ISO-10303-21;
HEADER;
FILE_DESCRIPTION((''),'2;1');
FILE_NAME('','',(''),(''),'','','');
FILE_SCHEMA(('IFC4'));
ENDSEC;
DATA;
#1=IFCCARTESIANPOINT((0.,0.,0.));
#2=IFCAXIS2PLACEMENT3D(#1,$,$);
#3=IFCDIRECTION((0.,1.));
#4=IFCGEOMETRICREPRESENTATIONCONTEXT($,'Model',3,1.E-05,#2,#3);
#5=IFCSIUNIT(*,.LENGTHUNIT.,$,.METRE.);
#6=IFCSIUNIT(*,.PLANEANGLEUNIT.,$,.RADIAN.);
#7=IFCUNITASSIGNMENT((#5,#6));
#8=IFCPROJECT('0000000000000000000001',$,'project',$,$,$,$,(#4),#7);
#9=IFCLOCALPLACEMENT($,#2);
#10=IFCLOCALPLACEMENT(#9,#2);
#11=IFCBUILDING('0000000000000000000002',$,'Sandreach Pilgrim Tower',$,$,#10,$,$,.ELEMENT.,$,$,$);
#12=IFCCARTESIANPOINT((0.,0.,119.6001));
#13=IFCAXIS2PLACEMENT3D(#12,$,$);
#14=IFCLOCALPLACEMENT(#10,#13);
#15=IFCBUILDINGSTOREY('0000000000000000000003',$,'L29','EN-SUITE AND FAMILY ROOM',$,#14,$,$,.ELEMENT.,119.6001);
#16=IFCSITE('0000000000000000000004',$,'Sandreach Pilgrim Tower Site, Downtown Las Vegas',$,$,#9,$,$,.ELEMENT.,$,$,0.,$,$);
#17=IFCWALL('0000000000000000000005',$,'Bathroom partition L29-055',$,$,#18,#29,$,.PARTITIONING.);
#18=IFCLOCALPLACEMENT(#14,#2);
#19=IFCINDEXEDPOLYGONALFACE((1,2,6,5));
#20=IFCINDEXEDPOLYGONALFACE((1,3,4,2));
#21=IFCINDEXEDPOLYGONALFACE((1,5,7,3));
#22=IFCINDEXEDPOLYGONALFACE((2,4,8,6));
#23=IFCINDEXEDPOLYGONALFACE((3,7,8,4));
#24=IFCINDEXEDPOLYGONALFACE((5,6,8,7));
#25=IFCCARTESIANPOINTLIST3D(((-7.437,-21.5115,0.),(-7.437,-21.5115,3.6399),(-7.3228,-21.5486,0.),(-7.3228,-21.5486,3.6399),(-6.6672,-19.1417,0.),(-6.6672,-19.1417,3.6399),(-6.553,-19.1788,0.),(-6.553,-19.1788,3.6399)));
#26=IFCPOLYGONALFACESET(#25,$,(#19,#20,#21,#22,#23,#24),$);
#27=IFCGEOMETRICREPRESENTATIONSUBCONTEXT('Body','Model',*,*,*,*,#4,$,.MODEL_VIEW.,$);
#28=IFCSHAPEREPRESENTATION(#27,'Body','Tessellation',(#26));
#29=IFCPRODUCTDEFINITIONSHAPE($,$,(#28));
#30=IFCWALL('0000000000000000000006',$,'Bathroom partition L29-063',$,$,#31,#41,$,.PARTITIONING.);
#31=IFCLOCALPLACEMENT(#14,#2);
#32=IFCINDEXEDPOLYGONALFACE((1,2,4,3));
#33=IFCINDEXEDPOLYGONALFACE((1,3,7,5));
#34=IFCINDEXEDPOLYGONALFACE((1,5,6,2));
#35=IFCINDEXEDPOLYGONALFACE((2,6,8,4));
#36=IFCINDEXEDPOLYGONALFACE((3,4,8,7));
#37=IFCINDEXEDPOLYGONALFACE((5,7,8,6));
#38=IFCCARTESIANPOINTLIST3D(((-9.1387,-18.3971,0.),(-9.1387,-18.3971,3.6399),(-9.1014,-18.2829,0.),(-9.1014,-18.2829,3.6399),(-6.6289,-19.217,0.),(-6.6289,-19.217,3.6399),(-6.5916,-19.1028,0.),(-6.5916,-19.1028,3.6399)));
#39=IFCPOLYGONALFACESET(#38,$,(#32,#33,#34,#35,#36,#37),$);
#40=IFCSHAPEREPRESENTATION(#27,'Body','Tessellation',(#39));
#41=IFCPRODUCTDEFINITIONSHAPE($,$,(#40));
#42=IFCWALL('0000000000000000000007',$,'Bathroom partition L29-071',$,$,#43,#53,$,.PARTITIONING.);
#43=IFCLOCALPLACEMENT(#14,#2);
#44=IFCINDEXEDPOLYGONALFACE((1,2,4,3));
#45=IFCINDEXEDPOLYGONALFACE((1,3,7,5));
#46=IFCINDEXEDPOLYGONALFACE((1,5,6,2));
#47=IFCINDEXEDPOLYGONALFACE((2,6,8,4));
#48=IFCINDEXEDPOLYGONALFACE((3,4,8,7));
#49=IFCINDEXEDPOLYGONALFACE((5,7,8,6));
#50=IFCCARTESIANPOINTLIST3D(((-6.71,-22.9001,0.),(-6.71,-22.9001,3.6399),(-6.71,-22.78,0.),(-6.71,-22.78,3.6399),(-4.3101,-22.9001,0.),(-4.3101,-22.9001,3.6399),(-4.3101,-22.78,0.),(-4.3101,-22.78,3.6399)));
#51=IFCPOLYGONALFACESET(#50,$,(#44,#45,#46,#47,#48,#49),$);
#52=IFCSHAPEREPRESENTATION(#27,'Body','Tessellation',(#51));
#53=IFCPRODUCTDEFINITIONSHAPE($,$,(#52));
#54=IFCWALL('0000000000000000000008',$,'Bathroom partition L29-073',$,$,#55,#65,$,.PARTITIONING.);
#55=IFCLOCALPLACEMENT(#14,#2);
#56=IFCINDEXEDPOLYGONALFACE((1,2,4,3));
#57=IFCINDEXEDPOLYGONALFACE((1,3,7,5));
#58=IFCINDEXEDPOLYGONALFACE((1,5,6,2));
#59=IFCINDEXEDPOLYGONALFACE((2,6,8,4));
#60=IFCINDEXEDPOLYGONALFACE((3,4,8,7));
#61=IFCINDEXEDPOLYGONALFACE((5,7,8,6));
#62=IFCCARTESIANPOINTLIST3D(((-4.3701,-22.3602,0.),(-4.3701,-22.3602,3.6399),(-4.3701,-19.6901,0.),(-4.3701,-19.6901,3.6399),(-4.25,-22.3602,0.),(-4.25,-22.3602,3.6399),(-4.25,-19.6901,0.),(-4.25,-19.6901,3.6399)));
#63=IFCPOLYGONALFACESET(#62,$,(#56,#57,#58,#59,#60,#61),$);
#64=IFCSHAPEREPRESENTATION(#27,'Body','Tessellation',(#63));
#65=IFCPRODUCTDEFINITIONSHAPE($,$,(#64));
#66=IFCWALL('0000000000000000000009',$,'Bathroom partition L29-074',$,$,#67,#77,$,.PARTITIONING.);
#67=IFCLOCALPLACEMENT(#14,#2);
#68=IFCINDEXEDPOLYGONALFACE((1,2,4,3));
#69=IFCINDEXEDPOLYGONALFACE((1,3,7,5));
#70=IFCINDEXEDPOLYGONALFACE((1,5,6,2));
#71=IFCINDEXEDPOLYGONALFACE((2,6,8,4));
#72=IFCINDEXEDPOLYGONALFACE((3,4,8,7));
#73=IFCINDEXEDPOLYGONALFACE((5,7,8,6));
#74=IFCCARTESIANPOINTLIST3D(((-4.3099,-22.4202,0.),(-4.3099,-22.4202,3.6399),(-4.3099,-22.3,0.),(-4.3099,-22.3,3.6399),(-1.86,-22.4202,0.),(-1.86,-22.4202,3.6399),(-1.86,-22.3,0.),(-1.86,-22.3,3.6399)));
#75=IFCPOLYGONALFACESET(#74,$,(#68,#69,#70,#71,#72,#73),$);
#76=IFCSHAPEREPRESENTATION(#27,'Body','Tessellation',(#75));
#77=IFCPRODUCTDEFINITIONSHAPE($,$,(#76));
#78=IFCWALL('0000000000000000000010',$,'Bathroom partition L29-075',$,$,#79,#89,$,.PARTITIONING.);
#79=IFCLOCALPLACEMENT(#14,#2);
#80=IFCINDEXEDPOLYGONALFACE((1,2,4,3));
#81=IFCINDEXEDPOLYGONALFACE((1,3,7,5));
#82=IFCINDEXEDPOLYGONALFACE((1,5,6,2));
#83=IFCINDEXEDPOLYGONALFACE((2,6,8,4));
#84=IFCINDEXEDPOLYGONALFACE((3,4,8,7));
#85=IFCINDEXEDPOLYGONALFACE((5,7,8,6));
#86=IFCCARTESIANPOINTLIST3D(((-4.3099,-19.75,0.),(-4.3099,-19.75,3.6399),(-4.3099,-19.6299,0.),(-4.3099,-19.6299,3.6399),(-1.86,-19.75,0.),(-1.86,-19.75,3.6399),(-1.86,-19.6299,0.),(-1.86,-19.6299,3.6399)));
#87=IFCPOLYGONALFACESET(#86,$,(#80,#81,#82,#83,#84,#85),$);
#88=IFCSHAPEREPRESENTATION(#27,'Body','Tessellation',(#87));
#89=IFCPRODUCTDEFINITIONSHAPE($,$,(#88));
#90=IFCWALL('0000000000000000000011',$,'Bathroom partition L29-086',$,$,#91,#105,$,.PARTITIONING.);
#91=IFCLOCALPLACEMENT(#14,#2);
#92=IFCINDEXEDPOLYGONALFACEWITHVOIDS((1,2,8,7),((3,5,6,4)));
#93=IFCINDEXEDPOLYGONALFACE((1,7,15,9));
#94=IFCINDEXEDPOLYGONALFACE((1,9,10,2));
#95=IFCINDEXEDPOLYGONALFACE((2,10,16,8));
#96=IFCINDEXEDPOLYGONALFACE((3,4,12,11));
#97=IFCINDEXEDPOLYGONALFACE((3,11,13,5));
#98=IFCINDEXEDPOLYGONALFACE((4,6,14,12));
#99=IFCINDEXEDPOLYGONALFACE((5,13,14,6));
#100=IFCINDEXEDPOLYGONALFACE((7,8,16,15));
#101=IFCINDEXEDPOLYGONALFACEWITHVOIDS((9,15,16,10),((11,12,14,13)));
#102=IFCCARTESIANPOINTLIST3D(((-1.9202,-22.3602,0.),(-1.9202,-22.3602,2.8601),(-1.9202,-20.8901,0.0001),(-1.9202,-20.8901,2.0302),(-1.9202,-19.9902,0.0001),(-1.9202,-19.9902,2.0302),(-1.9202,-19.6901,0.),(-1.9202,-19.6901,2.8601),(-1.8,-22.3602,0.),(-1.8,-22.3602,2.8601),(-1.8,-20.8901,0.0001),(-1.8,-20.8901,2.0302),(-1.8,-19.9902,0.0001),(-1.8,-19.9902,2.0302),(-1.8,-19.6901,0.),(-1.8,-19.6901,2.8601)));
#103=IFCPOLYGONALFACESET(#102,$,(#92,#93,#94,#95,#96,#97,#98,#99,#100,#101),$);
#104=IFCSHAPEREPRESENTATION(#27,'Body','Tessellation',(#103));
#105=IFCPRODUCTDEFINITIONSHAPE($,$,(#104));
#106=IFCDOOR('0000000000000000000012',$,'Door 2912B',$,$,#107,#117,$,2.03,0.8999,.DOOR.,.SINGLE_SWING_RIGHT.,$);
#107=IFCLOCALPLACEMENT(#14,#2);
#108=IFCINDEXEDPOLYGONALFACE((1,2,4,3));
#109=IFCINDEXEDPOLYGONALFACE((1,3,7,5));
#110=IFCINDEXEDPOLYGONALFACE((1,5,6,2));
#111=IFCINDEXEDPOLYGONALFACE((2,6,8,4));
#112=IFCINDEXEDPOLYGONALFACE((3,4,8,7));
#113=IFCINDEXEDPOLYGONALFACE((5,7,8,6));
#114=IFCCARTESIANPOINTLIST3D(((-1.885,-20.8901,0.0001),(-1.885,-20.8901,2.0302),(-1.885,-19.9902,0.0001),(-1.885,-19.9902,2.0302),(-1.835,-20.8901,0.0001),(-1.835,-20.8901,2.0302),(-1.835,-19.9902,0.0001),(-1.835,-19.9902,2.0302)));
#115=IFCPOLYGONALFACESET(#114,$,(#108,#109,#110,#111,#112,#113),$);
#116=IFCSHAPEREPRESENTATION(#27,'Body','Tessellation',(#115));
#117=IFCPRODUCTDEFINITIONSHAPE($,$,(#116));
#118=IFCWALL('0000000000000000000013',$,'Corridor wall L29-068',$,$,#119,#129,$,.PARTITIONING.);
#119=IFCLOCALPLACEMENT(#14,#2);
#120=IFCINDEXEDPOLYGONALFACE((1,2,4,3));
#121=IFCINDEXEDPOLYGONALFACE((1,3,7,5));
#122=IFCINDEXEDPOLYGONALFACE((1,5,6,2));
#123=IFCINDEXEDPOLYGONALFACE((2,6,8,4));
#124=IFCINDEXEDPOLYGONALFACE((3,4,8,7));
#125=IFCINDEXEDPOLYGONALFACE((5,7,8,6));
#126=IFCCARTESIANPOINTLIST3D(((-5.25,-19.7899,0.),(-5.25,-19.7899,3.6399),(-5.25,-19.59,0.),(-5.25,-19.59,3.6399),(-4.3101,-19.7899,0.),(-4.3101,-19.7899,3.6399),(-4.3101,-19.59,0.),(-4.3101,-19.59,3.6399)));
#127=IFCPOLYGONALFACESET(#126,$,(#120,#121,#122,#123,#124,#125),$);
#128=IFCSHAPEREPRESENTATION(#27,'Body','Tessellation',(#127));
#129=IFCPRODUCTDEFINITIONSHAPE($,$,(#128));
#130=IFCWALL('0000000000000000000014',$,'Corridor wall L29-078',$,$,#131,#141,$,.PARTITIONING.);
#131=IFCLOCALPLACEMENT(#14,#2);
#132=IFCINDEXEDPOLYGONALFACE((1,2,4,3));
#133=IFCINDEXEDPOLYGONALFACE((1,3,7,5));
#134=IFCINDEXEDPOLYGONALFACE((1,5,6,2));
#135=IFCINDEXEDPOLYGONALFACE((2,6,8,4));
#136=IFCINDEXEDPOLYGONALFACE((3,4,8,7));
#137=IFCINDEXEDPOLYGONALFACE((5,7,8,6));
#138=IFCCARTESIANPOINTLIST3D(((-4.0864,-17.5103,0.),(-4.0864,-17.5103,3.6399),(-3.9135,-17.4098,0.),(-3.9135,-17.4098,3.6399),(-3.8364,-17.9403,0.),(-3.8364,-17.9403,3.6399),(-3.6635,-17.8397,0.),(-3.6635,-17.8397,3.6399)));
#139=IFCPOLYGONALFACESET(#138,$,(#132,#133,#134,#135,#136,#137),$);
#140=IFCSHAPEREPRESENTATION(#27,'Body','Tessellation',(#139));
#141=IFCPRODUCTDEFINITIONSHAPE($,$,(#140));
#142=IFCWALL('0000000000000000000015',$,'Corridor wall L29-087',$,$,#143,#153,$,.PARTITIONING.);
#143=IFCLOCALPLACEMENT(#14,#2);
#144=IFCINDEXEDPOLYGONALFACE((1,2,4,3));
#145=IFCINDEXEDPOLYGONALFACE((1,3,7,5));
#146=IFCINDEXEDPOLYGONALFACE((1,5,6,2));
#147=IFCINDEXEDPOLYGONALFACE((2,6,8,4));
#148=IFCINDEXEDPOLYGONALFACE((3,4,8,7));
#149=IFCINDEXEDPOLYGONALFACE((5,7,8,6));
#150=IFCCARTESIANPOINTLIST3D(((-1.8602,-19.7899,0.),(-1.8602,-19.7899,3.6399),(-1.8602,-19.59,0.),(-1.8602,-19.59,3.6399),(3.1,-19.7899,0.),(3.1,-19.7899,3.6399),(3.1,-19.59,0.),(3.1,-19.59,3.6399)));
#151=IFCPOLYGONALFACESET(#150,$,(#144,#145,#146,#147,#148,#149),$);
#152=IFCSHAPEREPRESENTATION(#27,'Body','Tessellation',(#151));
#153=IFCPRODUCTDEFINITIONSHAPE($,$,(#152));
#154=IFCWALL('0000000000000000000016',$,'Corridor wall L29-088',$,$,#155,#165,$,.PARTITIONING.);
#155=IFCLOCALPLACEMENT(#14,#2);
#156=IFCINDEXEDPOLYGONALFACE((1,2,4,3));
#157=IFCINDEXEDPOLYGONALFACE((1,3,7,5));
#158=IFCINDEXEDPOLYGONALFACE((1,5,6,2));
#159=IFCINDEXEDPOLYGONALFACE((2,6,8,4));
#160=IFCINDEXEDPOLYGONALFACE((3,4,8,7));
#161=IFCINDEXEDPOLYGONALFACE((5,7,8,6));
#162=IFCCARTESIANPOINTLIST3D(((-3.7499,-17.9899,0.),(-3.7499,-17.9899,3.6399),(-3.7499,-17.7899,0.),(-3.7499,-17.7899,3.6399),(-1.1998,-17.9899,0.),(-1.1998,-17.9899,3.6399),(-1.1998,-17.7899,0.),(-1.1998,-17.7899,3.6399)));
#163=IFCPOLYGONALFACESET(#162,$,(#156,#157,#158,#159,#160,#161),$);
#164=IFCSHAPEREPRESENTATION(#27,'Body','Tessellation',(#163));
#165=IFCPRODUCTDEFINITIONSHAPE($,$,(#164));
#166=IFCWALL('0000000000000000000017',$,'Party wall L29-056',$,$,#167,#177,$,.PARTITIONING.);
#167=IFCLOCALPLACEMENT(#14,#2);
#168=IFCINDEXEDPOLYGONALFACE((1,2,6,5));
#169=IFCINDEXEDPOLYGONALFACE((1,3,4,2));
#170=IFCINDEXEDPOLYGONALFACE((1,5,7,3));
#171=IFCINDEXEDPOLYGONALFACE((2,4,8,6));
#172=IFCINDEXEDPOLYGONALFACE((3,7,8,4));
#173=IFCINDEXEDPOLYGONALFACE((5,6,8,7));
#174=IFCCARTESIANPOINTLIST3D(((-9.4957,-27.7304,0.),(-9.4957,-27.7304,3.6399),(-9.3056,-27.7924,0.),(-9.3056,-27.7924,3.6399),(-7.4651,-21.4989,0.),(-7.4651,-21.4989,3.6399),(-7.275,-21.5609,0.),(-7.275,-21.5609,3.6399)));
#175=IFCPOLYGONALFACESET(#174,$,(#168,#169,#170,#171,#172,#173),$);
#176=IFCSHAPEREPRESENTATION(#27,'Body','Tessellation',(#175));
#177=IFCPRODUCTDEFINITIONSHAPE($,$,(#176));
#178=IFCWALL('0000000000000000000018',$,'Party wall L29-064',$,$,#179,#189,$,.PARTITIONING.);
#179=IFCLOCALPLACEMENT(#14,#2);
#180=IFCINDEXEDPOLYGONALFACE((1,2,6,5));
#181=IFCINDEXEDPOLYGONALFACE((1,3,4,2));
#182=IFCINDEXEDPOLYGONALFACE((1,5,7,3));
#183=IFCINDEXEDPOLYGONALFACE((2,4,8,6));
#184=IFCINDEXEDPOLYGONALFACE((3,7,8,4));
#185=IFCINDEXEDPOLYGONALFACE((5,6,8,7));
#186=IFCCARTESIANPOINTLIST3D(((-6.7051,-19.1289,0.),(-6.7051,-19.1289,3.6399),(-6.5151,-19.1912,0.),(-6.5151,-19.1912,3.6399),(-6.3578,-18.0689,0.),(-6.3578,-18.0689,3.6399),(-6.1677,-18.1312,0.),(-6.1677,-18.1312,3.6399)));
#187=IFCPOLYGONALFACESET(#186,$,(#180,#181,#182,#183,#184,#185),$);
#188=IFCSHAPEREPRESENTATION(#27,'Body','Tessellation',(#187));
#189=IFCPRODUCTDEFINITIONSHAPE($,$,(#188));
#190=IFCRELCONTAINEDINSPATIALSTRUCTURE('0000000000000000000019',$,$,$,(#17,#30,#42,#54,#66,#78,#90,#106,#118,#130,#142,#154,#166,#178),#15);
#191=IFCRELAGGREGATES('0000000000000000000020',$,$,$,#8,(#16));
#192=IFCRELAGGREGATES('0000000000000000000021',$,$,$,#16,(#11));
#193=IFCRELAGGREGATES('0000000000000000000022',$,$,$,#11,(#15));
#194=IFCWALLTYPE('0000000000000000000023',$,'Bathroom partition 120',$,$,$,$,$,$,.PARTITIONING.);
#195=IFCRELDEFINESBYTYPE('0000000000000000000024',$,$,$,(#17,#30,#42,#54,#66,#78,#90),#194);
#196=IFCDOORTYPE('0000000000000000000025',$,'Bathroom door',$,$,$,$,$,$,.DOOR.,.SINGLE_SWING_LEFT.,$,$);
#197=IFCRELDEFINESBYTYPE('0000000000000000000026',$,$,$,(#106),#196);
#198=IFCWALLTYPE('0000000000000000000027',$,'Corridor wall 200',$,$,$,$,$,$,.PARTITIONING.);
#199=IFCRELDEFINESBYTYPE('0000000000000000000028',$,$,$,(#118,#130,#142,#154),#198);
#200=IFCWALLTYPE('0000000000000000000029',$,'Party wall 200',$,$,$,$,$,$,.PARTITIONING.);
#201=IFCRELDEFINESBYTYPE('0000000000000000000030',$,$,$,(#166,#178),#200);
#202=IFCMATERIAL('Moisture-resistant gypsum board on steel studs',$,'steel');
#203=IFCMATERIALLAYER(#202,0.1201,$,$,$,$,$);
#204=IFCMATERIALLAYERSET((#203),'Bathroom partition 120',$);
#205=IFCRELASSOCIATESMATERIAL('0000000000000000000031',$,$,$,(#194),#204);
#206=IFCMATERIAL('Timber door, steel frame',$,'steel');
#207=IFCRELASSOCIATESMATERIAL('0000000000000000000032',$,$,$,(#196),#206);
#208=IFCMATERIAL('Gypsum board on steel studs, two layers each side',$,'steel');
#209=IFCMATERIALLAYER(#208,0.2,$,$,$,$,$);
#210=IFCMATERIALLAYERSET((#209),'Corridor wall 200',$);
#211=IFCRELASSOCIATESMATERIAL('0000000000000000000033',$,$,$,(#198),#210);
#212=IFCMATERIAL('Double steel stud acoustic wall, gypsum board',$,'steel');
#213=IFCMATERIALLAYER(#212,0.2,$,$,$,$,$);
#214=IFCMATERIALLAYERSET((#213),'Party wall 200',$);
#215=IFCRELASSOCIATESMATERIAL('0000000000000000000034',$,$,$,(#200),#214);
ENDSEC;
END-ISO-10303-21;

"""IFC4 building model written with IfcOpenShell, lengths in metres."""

from ifc_helpers import new_model, si_unit, direction, frame, frame_2d, origin, place, context, subcontext, project, spatial, rectangle, extrude, material, layer, layer_set, type_object, element, fill, save


model = new_model("IFC4")

# Units and contexts
model_context = context("Model", 3, precision=1e-05, world=origin(), true_north=direction((0.0, 1.0)))
body_context = subcontext(model_context, "Body", "Model", "MODEL_VIEW")
ifc_project = project(units=[si_unit("LENGTHUNIT", "METRE"), si_unit("PLANEANGLEUNIT", "RADIAN")], contexts=[model_context])

# Site, building, storey
site_placement = place(None, origin())
site = spatial("IfcSite", under=ifc_project, at=site_placement, Name="Sandreach Pilgrim Tower Site, Downtown Las Vegas", CompositionType="ELEMENT", RefElevation=0.0)
building_placement = place(site_placement, origin())
building = spatial("IfcBuilding", under=site, at=building_placement, Name="Sandreach Pilgrim Tower", CompositionType="ELEMENT")
storey_placement = place(building_placement, frame((0.0, 0.0, 119.6001)))
storey = spatial("IfcBuildingStorey", under=building, at=storey_placement, Name="L29", Description="EN-SUITE AND FAMILY ROOM", CompositionType="ELEMENT", Elevation=119.6001)

# Walls
ifc_material_1 = material(Name="Moisture-resistant gypsum board on steel studs", Category="steel")
ifc_layer_1 = layer(ifc_material_1, 0.1201)
ifc_layer_set_1 = layer_set([ifc_layer_1], Name="Bathroom partition 120")
wall_type_1 = type_object("IfcWallType", Name="Bathroom partition 120", PredefinedType="PARTITIONING", material=ifc_layer_set_1)
wall_1_placement = place(storey_placement, frame((-7.3799, -21.53, 0.0), z_axis=(0.0, 0.0, 1.0), x_axis=(0.308929, 0.951085, 0.0)))
element("IfcWall", 1, at=wall_1_placement, inside=storey, type_object=wall_type_1, Name="Bathroom partition L29-055", PredefinedType="PARTITIONING", context=body_context, shape_type="SweptSolid", body=[
    extrude(rectangle(XDim=2.4917, YDim=0.1201, at=frame_2d((1.2458, 0.0))), origin(), (0.0, 0.0, 1.0), 3.6399),
])
wall_2_placement = place(storey_placement, frame((-6.6101, -19.1599, 0.0), z_axis=(0.0, 0.0, 1.0), x_axis=(-0.950571, 0.310508, 0.0)))
element("IfcWall", 2, at=wall_2_placement, inside=storey, type_object=wall_type_1, Name="Bathroom partition L29-063", PredefinedType="PARTITIONING", context=body_context, shape_type="SweptSolid", body=[
    extrude(rectangle(XDim=2.6404, YDim=0.1201, at=frame_2d((1.3203, 0.0))), origin(), (0.0, 0.0, 1.0), 3.6399),
])
wall_3_placement = place(storey_placement, frame((-4.3101, -22.8401, 0.0), z_axis=(0.0, 0.0, 1.0), x_axis=(-1.0, 0.0, 0.0)))
element("IfcWall", 3, at=wall_3_placement, inside=storey, type_object=wall_type_1, Name="Bathroom partition L29-071", PredefinedType="PARTITIONING", context=body_context, shape_type="SweptSolid", body=[
    extrude(rectangle(XDim=2.3999, YDim=0.1201, at=frame_2d((1.2, 0.0))), origin(), (0.0, 0.0, 1.0), 3.6399),
])
wall_4_placement = place(storey_placement, frame((-4.3101, -22.3601, 0.0), z_axis=(0.0, 0.0, 1.0), x_axis=(0.0, 1.0, 0.0)))
element("IfcWall", 4, at=wall_4_placement, inside=storey, type_object=wall_type_1, Name="Bathroom partition L29-073", PredefinedType="PARTITIONING", context=body_context, shape_type="SweptSolid", body=[
    extrude(rectangle(XDim=2.6702, YDim=0.1201, at=frame_2d((1.335, 0.0))), origin(), (0.0, 0.0, 1.0), 3.6399),
])
for number, where, z_axis, x_axis, name in (
    (5, (-4.3101, -22.3601, 0.0), (0.0, 0.0, 1.0), (1.0, 0.0, 0.0), "Bathroom partition L29-074"),
    (6, (-4.3101, -19.6899, 0.0), (0.0, 0.0, 1.0), (1.0, 0.0, 0.0), "Bathroom partition L29-075"),
):
    element("IfcWall", number, at=place(storey_placement, frame(where, z_axis=z_axis, x_axis=x_axis)), inside=storey, type_object=wall_type_1, Name=name, PredefinedType="PARTITIONING", context=body_context, shape_type="SweptSolid", body=[
        extrude(rectangle(XDim=2.45, YDim=0.1201, at=frame_2d((1.2251, 0.0))), origin(), (0.0, 0.0, 1.0), 3.6399),
    ])

# Wall, opening, door
wall_5_placement = place(storey_placement, frame((-1.8601, -22.3601, 0.0), z_axis=(0.0, 0.0, 1.0), x_axis=(0.0, 1.0, 0.0)))
wall_5 = element("IfcWall", 7, at=wall_5_placement, inside=storey, type_object=wall_type_1, Name="Bathroom partition L29-086", PredefinedType="PARTITIONING", context=body_context, shape_type="SweptSolid", body=[
    extrude(rectangle(XDim=2.6702, YDim=0.1201, at=frame_2d((1.335, 0.0))), origin(), (0.0, 0.0, 1.0), 2.8601),
])
opening_1_placement = place(wall_5_placement, frame((1.47, 0.0, 0.0)))
opening_1 = element("IfcOpeningElement", 8, at=opening_1_placement, cuts=wall_5, PredefinedType="OPENING", context=body_context, shape_type="SweptSolid", body=[
    extrude(rectangle(XDim=0.8999, YDim=2.03, at=frame_2d((0.45, 1.0151))), frame((0.0, 0.0601, 0.0), z_axis=(0.0, -1.0, 0.0), x_axis=(1.0, 0.0, 0.0)), (0.0, 0.0, 1.0), 0.1201),
])
ifc_material_2 = material(Name="Timber door, steel frame", Category="steel")
door_type_1 = type_object("IfcDoorType", Name="Bathroom door", OperationType="SINGLE_SWING_LEFT", PredefinedType="DOOR", material=ifc_material_2)
door_1_placement = place(opening_1_placement, origin())
door_1 = element("IfcDoor", 9, at=door_1_placement, inside=storey, type_object=door_type_1, Name="Door 2912B", OperationType="SINGLE_SWING_RIGHT", OverallHeight=2.03, OverallWidth=0.8999, PredefinedType="DOOR", context=body_context, shape_type="SweptSolid", body=[
    extrude(rectangle(XDim=0.8999, YDim=2.03, at=frame_2d((0.45, 1.0151))), frame((0.0, 0.0249, 0.0), z_axis=(0.0, -1.0, 0.0), x_axis=(1.0, 0.0, 0.0)), (0.0, 0.0, 1.0), 0.05),
])
fill(opening_1, door_1)
ifc_material_3 = material(Name="Gypsum board on steel studs, two layers each side", Category="steel")
ifc_layer_2 = layer(ifc_material_3, 0.2)
ifc_layer_set_2 = layer_set([ifc_layer_2], Name="Corridor wall 200")
wall_type_2 = type_object("IfcWallType", Name="Corridor wall 200", PredefinedType="PARTITIONING", material=ifc_layer_set_2)

# Wall
wall_6_placement = place(storey_placement, frame((-5.25, -19.6899, 0.0), z_axis=(0.0, 0.0, 1.0), x_axis=(1.0, 0.0, 0.0)))
element("IfcWall", 10, at=wall_6_placement, inside=storey, type_object=wall_type_2, Name="Corridor wall L29-068", PredefinedType="PARTITIONING", context=body_context, shape_type="SweptSolid", body=[
    extrude(rectangle(XDim=0.9399, YDim=0.2, at=frame_2d((0.47, 0.0))), origin(), (0.0, 0.0, 1.0), 3.6399),
])

# Walls
wall_7_placement = place(storey_placement, frame((-3.75, -17.8899, 0.0), z_axis=(0.0, 0.0, 1.0), x_axis=(-0.50268, 0.864472, 0.0)))
element("IfcWall", 11, at=wall_7_placement, inside=storey, type_object=wall_type_2, Name="Corridor wall L29-078", PredefinedType="PARTITIONING", context=body_context, shape_type="SweptSolid", body=[
    extrude(rectangle(XDim=0.4973, YDim=0.2, at=frame_2d((0.2485, 0.0))), origin(), (0.0, 0.0, 1.0), 3.6399),
])
wall_8_placement = place(storey_placement, frame((-1.8601, -19.6899, 0.0), z_axis=(0.0, 0.0, 1.0), x_axis=(1.0, 0.0, 0.0)))
element("IfcWall", 12, at=wall_8_placement, inside=storey, type_object=wall_type_2, Name="Corridor wall L29-087", PredefinedType="PARTITIONING", context=body_context, shape_type="SweptSolid", body=[
    extrude(rectangle(XDim=4.9602, YDim=0.2, at=frame_2d((2.48, 0.0))), origin(), (0.0, 0.0, 1.0), 3.6399),
])
wall_9_placement = place(storey_placement, frame((-1.2, -17.8899, 0.0), z_axis=(0.0, 0.0, 1.0), x_axis=(-1.0, 0.0, 0.0)))
element("IfcWall", 13, at=wall_9_placement, inside=storey, type_object=wall_type_2, Name="Corridor wall L29-088", PredefinedType="PARTITIONING", context=body_context, shape_type="SweptSolid", body=[
    extrude(rectangle(XDim=2.55, YDim=0.2, at=frame_2d((1.2749, 0.0))), origin(), (0.0, 0.0, 1.0), 3.6399),
])
ifc_material_4 = material(Name="Double steel stud acoustic wall, gypsum board", Category="steel")
ifc_layer_3 = layer(ifc_material_4, 0.2)
ifc_layer_set_3 = layer_set([ifc_layer_3], Name="Party wall 200")
wall_type_3 = type_object("IfcWallType", Name="Party wall 200", PredefinedType="PARTITIONING", material=ifc_layer_set_3)
wall_10_placement = place(storey_placement, frame((-7.3701, -21.53, 0.0), z_axis=(0.0, 0.0, 1.0), x_axis=(-0.309817, -0.950796, 0.0)))
element("IfcWall", 14, at=wall_10_placement, inside=storey, type_object=wall_type_3, Name="Party wall L29-056", PredefinedType="PARTITIONING", context=body_context, shape_type="SweptSolid", body=[
    extrude(rectangle(XDim=6.554, YDim=0.2, at=frame_2d((3.2769, 0.0))), origin(), (0.0, 0.0, 1.0), 3.6399),
])
wall_11_placement = place(storey_placement, frame((-6.6101, -19.1599, 0.0), z_axis=(0.0, 0.0, 1.0), x_axis=(0.311431, 0.950269, 0.0)))
element("IfcWall", 15, at=wall_11_placement, inside=storey, type_object=wall_type_3, Name="Party wall L29-064", PredefinedType="PARTITIONING", context=body_context, shape_type="SweptSolid", body=[
    extrude(rectangle(XDim=1.1155, YDim=0.2, at=frame_2d((0.5576, 0.0))), origin(), (0.0, 0.0, 1.0), 3.6399),
])

save(model, "model.ifc")
